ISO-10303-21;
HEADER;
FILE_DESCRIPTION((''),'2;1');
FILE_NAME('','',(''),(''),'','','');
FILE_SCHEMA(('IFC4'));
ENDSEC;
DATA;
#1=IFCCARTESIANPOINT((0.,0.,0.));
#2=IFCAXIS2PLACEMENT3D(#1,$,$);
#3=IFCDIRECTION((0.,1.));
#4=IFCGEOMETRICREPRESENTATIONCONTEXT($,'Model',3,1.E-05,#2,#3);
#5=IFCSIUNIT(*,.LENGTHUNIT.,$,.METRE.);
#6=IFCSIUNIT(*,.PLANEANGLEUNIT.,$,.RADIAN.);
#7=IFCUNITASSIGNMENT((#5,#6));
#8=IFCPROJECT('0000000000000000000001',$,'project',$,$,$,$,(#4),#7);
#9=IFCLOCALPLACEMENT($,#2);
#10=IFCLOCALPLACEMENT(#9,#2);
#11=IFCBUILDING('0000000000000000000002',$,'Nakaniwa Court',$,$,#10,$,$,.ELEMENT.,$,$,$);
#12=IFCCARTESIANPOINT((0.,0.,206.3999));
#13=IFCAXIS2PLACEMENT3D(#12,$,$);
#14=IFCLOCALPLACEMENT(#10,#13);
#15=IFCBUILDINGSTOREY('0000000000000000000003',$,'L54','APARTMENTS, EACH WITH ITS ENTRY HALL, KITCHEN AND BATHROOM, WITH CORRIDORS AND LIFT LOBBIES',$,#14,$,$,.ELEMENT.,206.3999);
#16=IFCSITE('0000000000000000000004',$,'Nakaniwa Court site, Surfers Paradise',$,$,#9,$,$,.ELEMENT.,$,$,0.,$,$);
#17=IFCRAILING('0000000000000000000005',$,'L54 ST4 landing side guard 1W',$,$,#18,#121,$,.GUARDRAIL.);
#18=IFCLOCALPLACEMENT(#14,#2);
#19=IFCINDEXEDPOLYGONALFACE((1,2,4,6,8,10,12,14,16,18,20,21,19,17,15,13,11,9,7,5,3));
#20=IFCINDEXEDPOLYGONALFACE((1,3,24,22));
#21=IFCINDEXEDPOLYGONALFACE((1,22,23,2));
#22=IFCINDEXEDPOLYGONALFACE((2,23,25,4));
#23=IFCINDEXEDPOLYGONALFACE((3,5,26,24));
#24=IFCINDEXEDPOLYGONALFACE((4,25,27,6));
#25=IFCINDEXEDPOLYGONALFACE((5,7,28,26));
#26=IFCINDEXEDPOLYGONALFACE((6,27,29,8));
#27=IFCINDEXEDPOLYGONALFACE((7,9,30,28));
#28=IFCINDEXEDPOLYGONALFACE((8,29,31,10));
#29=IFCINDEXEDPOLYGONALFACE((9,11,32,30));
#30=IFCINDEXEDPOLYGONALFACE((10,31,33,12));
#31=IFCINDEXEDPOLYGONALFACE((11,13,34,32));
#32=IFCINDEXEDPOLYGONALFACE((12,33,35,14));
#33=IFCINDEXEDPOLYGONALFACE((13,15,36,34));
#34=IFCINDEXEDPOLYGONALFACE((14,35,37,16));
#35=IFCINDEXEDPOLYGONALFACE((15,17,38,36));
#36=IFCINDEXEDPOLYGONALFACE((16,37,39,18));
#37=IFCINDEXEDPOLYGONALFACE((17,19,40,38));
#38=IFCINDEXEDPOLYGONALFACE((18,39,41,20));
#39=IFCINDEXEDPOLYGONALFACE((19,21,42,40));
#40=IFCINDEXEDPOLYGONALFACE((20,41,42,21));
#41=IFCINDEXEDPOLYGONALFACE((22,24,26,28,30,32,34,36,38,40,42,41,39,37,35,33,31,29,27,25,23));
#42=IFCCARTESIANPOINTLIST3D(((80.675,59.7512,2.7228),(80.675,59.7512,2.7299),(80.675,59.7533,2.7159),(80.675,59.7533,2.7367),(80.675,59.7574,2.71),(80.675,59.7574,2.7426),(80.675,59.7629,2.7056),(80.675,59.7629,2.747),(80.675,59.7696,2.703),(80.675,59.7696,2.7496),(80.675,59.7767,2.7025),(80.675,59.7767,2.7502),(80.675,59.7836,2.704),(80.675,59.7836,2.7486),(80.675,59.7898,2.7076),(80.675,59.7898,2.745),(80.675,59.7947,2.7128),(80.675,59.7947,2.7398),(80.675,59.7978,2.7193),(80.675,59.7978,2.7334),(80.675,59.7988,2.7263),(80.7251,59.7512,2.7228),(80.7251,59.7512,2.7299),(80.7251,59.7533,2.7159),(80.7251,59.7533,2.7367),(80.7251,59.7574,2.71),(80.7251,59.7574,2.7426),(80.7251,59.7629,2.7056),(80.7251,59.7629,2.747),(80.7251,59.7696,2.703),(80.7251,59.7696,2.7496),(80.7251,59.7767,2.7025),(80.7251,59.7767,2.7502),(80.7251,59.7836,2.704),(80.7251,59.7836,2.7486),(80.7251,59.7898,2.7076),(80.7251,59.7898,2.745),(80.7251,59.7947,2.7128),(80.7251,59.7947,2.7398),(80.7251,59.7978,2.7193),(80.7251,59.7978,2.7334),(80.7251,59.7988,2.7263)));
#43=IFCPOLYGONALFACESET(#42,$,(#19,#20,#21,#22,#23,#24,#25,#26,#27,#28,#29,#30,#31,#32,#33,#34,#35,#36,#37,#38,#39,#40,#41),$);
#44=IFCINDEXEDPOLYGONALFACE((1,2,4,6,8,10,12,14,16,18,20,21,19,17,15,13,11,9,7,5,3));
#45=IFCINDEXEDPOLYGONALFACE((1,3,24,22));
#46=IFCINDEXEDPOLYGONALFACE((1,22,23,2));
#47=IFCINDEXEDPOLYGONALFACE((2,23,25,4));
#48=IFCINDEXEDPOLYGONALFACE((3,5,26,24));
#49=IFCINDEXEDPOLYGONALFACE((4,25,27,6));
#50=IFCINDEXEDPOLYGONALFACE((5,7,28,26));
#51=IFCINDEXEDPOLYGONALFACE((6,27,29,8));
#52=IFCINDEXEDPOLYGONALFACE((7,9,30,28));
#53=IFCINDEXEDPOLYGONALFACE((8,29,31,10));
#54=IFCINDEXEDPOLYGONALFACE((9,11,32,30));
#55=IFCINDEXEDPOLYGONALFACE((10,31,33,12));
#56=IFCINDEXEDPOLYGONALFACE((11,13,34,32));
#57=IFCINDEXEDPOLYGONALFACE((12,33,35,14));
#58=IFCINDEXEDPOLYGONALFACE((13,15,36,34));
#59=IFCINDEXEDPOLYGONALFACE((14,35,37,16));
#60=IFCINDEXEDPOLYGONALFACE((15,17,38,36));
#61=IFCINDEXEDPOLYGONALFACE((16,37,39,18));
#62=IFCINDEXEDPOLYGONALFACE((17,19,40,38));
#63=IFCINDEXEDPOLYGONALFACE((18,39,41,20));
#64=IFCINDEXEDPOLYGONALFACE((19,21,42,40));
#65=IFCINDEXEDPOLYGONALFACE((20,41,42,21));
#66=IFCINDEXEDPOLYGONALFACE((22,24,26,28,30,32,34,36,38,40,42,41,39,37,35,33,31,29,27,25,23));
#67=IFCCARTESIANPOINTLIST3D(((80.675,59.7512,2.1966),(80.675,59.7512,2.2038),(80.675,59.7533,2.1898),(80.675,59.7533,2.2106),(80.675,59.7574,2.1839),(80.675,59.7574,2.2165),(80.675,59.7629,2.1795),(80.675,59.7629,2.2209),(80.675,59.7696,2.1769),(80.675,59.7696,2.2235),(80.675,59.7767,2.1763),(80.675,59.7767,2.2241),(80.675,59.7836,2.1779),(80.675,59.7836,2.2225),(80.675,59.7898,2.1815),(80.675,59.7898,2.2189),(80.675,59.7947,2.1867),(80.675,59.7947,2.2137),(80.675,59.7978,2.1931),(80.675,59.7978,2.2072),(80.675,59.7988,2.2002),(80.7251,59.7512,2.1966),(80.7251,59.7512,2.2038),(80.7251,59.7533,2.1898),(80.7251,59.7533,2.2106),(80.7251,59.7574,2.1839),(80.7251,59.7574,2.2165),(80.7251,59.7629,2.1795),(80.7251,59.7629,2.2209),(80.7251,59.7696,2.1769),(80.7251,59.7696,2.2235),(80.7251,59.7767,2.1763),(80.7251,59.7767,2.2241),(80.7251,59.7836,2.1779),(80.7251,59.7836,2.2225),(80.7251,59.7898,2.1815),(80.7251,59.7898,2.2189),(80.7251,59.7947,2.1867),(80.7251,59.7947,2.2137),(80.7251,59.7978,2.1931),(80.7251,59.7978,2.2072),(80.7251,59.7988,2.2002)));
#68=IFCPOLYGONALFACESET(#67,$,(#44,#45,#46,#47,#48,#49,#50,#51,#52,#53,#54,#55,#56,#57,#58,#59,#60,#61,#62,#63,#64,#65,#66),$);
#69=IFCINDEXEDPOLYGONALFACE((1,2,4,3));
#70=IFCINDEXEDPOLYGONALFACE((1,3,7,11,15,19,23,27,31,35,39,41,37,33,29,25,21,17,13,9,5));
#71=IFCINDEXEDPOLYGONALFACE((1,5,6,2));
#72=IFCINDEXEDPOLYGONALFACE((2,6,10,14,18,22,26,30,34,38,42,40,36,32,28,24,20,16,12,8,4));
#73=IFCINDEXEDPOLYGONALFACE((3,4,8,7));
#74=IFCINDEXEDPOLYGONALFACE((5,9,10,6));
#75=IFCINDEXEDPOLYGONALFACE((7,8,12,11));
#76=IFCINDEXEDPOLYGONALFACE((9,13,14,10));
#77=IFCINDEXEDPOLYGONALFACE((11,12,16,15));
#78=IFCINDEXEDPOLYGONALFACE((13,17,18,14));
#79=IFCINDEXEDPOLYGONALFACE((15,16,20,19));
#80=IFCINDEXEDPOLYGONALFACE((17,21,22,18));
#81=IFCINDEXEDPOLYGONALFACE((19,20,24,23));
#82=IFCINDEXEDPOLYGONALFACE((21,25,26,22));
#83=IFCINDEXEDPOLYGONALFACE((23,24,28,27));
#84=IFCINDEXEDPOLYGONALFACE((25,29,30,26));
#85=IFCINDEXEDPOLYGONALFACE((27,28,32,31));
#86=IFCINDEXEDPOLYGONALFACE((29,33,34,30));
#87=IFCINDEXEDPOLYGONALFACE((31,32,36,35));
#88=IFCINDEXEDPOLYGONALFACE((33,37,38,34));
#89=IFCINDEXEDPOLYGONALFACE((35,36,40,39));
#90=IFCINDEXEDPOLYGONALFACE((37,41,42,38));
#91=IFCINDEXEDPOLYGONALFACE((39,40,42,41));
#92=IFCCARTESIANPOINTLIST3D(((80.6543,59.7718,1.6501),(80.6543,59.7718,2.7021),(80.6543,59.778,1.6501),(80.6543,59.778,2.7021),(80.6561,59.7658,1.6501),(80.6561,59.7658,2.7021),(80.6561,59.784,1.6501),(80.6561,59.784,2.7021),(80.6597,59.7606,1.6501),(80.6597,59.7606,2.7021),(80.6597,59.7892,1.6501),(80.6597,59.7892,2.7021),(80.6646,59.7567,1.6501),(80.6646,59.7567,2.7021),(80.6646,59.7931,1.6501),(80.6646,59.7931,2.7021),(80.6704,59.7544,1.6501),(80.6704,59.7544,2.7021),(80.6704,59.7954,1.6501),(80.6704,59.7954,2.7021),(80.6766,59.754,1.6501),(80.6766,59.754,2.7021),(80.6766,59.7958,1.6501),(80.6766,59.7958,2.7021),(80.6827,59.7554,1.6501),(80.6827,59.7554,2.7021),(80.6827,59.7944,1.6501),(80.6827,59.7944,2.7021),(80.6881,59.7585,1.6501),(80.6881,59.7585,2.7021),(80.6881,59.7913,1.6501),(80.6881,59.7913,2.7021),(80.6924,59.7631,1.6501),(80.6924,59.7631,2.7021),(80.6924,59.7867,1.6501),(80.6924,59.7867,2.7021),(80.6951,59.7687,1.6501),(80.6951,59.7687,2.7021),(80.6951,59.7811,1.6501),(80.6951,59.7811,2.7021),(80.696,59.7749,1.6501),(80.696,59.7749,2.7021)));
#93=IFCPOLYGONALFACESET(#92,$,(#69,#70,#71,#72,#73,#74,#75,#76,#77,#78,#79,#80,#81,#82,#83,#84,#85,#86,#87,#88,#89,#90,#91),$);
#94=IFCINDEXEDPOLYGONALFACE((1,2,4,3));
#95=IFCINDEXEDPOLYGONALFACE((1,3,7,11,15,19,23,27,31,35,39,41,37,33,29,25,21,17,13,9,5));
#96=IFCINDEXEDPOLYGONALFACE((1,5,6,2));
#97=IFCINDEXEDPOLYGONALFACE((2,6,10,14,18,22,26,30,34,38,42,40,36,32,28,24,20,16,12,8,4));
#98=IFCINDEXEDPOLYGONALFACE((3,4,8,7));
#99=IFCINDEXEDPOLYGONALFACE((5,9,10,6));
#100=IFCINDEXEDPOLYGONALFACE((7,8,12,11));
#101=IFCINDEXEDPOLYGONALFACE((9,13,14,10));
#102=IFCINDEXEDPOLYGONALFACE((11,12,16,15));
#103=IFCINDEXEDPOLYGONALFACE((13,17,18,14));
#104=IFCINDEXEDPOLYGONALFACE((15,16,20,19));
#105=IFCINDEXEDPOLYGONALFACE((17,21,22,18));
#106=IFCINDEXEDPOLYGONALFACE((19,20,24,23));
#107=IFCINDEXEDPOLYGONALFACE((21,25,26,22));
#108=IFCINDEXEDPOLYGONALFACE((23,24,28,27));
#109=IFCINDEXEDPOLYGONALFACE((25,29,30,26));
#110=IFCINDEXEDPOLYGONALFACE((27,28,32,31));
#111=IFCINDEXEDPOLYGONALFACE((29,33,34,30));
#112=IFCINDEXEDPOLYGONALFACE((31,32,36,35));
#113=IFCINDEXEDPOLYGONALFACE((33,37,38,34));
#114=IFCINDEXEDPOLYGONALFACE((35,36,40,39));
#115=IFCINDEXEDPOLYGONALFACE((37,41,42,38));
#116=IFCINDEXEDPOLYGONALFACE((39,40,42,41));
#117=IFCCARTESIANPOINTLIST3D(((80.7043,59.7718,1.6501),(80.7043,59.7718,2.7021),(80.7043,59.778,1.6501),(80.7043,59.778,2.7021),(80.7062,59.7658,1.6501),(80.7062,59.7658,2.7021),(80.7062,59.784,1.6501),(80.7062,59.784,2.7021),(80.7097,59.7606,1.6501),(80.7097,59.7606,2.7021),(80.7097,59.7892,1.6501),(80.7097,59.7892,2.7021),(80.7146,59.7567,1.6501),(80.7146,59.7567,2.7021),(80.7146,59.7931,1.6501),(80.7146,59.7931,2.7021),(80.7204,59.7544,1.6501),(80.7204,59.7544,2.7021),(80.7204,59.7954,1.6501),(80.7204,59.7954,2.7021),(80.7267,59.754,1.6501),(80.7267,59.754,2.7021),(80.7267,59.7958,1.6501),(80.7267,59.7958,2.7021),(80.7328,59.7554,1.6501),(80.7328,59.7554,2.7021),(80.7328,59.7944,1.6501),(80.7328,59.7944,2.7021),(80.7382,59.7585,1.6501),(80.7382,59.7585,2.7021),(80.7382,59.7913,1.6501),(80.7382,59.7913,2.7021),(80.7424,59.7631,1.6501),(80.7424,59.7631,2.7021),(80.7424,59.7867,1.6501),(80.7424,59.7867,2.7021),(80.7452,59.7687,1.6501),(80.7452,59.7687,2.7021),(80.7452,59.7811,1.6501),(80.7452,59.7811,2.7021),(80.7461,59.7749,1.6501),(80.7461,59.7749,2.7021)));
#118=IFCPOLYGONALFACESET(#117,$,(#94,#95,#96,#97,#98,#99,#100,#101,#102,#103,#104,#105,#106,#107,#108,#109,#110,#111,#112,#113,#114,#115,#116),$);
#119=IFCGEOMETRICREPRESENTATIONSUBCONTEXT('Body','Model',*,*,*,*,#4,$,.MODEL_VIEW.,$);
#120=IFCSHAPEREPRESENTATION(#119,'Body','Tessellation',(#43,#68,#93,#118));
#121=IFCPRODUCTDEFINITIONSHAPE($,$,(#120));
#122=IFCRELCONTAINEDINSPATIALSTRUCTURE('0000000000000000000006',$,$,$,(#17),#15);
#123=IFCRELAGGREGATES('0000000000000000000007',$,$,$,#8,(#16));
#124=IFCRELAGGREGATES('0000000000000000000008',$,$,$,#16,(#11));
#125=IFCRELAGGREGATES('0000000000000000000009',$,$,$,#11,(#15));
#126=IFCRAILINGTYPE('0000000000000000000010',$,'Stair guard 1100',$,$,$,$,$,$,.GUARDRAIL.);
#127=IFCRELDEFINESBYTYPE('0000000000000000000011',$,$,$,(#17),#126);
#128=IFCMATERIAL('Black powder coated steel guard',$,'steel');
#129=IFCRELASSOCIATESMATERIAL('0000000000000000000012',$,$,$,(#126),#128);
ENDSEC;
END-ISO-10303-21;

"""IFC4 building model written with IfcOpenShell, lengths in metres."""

from ifc_helpers import new_model, si_unit, direction, frame, origin, origin_2d, place, context, subcontext, project, spatial, circle, extrude, material, type_object, element, save


model = new_model("IFC4")

# Units and contexts
model_context = context("Model", 3, precision=1e-05, world=origin(), true_north=direction((0.0, 1.0)))
body_context = subcontext(model_context, "Body", "Model", "MODEL_VIEW")
ifc_project = project(units=[si_unit("LENGTHUNIT", "METRE"), si_unit("PLANEANGLEUNIT", "RADIAN")], contexts=[model_context])

# Site, building, storey
site_placement = place(None, origin())
site = spatial("IfcSite", under=ifc_project, at=site_placement, Name="Nakaniwa Court site, Surfers Paradise", CompositionType="ELEMENT", RefElevation=0.0)
building_placement = place(site_placement, origin())
building = spatial("IfcBuilding", under=site, at=building_placement, Name="Nakaniwa Court", CompositionType="ELEMENT")
storey_placement = place(building_placement, frame((0.0, 0.0, 206.3999)))
storey = spatial("IfcBuildingStorey", under=building, at=storey_placement, Name="L54", Description="APARTMENTS, EACH WITH ITS ENTRY HALL, KITCHEN AND BATHROOM, WITH CORRIDORS AND LIFT LOBBIES", CompositionType="ELEMENT", Elevation=206.3999)

# Railing
ifc_material_1 = material(Name="Black powder coated steel guard", Category="steel")
railing_type_1 = type_object("IfcRailingType", Name="Stair guard 1100", PredefinedType="GUARDRAIL", material=ifc_material_1)
for number, where, name in (
    (1, (80.675, 59.7749, 1.6501), "L54 ST4 landing side guard 1W"),
):
    element("IfcRailing", number, at=place(storey_placement, frame(where)), inside=storey, type_object=railing_type_1, Name=name, PredefinedType="GUARDRAIL", context=body_context, shape_type="SweptSolid", body=[
        extrude(circle(Radius=0.0239, at=origin_2d()), frame((0.0, 0.0, 1.0762), z_axis=(1.0, 0.0, 0.0), x_axis=(0.0, 1.0, 0.0)), (0.0, 0.0, 1.0), 0.05),
        extrude(circle(Radius=0.0239, at=origin_2d()), frame((0.0, 0.0, 0.55), z_axis=(1.0, 0.0, 0.0), x_axis=(0.0, 1.0, 0.0)), (0.0, 0.0, 1.0), 0.05),
        extrude(circle(Radius=0.021, at=origin_2d()), origin(), (0.0, 0.0, 1.0), 1.052),
        extrude(circle(Radius=0.021, at=origin_2d()), frame((0.05, 0.0, 0.0)), (0.0, 0.0, 1.0), 1.052),
    ])

save(model, "model.ifc")
